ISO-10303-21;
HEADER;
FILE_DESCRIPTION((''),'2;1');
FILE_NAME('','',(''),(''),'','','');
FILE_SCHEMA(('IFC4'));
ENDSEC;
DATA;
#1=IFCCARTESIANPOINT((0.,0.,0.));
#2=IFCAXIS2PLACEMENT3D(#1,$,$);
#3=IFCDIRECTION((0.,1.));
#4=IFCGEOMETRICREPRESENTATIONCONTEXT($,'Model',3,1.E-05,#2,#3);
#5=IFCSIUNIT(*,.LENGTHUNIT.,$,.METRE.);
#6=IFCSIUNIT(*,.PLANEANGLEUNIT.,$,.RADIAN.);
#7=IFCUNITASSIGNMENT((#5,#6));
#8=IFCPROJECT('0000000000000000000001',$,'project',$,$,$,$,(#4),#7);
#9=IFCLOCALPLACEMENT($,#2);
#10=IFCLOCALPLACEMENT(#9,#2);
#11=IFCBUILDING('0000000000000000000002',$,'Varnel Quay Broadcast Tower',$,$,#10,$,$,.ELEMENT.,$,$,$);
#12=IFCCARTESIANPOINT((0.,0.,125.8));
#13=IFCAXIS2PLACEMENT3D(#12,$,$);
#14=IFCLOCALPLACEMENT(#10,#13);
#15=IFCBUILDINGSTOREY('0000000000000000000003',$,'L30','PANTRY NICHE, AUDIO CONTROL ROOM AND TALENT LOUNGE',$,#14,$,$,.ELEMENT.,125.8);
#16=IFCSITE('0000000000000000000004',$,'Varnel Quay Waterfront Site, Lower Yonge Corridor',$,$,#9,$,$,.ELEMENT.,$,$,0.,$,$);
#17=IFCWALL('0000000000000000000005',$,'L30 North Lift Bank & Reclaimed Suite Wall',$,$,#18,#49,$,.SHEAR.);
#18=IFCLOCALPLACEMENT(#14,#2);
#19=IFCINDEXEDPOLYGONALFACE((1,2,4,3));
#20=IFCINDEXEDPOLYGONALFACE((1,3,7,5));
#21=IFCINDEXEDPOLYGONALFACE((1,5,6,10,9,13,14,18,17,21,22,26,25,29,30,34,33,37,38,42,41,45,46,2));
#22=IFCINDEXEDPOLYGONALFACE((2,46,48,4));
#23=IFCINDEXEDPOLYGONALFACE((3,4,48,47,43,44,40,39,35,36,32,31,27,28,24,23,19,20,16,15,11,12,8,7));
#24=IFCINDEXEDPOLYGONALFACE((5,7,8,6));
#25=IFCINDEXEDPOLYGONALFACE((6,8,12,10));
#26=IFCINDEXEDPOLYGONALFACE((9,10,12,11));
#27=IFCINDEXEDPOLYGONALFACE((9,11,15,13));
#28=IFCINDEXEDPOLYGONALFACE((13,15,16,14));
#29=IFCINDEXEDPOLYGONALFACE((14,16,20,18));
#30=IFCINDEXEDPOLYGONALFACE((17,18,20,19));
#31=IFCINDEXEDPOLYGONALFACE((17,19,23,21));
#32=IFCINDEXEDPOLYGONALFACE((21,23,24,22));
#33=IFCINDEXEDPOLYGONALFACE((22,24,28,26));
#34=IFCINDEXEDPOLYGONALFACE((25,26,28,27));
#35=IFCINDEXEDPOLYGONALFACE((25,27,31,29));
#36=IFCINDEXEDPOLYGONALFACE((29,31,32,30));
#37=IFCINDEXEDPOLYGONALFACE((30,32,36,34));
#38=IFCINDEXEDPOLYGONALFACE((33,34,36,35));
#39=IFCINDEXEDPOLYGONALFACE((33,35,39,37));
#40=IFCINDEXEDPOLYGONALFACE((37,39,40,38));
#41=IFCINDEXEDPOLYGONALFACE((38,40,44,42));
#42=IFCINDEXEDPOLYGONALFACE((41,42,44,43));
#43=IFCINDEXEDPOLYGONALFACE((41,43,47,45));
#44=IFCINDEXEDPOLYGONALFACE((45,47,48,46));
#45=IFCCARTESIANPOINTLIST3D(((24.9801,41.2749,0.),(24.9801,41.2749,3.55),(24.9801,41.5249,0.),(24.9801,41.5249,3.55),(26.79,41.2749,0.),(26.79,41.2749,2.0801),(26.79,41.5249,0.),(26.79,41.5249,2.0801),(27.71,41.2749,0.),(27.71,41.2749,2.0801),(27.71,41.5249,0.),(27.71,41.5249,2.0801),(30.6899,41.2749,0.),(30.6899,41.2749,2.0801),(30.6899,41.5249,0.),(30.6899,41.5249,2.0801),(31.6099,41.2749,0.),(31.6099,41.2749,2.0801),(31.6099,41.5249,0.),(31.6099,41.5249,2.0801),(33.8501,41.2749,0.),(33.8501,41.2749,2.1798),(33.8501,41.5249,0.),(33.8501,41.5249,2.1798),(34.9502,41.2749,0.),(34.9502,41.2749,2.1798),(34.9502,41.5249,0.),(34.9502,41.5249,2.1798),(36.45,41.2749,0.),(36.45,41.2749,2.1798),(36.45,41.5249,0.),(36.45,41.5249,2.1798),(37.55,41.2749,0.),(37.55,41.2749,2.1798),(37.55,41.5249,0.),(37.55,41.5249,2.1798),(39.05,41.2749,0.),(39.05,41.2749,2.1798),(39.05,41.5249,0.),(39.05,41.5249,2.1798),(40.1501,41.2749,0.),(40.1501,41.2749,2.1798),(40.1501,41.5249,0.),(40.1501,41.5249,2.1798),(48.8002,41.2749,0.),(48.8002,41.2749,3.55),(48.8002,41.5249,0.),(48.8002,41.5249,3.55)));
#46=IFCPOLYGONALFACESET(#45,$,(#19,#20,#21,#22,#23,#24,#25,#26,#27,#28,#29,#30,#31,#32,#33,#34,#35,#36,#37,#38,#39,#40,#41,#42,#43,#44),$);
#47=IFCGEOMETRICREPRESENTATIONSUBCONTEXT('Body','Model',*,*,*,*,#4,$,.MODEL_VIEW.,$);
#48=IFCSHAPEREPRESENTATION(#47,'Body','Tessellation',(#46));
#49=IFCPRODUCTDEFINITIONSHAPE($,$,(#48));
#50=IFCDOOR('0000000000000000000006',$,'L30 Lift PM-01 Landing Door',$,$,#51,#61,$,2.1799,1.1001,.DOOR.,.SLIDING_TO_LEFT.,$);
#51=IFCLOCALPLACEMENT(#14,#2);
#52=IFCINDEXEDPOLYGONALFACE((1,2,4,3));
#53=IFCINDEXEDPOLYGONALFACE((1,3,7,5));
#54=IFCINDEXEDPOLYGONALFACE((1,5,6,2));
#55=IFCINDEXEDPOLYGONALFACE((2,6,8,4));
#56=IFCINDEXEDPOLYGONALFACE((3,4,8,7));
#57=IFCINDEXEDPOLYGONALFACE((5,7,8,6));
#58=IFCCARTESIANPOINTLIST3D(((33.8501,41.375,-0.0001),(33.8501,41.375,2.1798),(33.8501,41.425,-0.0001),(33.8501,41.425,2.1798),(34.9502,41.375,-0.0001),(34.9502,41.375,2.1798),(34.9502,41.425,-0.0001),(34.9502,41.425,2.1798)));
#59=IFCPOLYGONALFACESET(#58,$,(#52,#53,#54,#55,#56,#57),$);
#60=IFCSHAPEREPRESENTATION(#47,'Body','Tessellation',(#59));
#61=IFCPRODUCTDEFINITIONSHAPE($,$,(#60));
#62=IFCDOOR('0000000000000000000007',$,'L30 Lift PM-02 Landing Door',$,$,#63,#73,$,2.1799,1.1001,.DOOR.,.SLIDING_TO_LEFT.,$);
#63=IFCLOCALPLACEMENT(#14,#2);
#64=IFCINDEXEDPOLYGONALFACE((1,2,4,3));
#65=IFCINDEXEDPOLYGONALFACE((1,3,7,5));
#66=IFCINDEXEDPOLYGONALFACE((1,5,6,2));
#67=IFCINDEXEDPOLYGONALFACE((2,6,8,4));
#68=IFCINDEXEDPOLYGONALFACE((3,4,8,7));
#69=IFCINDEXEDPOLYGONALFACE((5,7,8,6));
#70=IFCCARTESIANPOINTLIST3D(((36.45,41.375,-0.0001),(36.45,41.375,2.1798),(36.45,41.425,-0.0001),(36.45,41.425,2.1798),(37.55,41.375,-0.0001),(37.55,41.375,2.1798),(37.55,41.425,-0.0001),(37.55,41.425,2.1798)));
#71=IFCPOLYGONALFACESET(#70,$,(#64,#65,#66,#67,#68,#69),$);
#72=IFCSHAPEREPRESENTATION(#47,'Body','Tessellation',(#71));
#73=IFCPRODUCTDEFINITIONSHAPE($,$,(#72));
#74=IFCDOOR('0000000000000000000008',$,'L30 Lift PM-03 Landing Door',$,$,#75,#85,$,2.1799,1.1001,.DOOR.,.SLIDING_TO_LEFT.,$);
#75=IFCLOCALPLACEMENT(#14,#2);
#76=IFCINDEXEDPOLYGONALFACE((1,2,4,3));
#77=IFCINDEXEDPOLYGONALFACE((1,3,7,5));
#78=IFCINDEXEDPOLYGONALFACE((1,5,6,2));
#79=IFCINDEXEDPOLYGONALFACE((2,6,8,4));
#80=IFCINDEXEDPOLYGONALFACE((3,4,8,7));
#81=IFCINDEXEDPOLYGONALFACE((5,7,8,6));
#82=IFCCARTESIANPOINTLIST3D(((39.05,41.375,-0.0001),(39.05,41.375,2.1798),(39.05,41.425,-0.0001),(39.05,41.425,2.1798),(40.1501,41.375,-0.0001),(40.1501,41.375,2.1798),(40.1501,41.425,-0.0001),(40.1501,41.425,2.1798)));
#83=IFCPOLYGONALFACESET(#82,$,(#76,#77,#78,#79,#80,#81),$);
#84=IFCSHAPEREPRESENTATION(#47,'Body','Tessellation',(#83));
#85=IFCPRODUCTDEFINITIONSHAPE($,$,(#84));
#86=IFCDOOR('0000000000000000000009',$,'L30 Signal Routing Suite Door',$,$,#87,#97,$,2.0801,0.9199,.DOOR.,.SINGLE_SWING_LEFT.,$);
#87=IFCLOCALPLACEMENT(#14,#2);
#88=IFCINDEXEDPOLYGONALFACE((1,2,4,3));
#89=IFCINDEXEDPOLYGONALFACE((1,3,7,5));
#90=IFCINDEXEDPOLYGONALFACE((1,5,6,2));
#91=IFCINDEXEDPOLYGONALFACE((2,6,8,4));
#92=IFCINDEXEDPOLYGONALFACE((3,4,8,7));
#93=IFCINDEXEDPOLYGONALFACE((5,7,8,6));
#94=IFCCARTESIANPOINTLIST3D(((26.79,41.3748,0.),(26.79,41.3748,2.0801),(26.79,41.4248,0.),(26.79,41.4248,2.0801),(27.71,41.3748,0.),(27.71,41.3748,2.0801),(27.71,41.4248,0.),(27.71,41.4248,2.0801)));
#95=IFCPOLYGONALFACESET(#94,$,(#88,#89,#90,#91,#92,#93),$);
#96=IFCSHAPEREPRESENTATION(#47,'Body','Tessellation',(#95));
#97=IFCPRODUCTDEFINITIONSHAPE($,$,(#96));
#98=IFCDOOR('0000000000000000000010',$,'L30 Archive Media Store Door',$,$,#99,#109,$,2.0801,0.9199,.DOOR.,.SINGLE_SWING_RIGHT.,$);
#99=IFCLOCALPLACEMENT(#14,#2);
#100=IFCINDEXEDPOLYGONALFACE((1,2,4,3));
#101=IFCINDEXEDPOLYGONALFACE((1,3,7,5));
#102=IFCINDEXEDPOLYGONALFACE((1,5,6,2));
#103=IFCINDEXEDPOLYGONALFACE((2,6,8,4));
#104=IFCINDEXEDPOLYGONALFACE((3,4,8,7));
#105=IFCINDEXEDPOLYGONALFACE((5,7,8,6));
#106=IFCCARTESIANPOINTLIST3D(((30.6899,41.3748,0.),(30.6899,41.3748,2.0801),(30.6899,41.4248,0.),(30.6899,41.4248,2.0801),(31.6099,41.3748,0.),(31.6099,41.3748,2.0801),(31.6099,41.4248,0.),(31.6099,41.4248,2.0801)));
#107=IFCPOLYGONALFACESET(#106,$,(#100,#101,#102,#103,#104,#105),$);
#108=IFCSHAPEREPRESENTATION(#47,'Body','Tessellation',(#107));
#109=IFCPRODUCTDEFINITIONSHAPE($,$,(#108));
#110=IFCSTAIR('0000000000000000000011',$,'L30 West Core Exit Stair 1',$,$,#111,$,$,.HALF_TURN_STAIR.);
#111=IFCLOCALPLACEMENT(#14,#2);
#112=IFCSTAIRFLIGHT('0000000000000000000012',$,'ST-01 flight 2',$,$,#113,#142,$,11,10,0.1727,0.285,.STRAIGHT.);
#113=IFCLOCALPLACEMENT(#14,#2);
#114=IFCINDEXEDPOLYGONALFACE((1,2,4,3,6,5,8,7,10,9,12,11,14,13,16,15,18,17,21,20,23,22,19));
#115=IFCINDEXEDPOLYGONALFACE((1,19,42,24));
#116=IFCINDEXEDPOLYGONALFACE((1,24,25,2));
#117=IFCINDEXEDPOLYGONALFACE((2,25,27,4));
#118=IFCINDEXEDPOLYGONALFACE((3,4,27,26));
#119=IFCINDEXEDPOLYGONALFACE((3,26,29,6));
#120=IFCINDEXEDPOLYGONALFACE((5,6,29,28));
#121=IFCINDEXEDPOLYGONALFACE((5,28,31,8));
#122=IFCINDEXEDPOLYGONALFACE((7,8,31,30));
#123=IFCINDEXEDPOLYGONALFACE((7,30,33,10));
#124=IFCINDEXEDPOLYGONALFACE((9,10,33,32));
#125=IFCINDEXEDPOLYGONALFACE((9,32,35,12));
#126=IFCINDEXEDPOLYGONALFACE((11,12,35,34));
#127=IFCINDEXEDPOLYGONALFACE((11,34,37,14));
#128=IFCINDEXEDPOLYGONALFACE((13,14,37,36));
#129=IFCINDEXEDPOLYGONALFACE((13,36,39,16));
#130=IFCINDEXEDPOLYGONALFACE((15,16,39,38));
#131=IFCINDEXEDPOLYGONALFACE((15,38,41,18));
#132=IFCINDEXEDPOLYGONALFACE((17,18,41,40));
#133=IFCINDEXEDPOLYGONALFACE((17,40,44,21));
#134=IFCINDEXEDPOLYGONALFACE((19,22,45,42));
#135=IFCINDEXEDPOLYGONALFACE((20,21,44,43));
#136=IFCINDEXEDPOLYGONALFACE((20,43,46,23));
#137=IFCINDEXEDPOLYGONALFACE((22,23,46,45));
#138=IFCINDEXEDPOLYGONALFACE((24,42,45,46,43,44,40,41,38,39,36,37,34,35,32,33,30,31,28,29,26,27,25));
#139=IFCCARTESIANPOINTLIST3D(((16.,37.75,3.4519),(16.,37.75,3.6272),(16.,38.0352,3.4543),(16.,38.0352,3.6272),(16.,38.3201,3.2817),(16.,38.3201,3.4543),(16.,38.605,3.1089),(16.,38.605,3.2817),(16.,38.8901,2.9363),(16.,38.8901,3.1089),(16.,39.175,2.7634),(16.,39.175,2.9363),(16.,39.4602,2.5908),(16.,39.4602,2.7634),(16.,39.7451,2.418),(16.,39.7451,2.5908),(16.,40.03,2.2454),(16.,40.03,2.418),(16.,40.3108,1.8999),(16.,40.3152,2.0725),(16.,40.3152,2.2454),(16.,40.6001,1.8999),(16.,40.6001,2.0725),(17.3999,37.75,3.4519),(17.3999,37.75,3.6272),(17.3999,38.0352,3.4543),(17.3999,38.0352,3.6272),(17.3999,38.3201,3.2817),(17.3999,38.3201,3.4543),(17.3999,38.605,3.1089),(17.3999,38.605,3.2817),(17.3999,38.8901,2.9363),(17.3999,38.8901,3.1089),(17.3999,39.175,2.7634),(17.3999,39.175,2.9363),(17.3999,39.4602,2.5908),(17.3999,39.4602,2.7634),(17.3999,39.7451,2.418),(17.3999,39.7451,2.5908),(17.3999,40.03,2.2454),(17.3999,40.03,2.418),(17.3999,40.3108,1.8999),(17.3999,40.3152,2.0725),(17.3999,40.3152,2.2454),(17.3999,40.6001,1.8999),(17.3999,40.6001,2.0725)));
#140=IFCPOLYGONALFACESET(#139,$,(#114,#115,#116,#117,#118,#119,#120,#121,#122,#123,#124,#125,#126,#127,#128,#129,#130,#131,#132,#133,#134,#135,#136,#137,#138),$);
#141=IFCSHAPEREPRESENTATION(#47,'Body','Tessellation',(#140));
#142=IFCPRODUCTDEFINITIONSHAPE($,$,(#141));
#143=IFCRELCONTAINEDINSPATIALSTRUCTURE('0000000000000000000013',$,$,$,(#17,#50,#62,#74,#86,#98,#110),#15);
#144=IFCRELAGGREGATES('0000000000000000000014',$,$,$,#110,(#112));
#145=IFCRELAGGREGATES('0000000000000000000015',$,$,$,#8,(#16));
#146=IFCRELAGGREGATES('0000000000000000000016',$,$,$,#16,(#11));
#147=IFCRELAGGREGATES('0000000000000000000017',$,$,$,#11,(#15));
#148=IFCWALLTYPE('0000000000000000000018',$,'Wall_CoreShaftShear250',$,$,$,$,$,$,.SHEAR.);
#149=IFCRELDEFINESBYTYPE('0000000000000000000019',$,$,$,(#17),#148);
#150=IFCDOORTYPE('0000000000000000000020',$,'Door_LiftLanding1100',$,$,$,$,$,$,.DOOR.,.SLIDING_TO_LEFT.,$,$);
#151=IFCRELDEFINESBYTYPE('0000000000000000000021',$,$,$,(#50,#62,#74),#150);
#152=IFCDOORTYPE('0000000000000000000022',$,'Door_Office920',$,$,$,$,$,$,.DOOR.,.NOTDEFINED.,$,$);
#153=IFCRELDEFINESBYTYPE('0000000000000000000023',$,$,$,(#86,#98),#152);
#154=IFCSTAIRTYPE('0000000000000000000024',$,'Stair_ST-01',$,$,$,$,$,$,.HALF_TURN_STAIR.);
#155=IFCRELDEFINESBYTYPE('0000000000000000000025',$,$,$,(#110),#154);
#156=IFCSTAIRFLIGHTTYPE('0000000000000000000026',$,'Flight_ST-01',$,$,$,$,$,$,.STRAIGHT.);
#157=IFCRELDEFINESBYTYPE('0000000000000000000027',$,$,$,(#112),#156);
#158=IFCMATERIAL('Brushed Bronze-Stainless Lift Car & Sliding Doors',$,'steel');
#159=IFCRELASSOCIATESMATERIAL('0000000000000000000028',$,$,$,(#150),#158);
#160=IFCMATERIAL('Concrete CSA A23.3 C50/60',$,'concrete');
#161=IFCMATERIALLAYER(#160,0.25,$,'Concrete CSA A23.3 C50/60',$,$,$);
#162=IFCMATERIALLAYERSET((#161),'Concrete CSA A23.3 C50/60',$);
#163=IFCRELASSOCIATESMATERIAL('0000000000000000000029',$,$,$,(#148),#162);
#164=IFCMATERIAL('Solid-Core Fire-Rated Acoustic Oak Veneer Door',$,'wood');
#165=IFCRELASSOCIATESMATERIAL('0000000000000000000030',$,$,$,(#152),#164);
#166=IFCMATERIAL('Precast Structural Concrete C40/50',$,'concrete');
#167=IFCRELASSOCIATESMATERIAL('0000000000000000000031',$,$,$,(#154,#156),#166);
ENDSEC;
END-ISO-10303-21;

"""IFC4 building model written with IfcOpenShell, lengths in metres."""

from ifc_helpers import new_model, si_unit, direction, frame, frame_2d, origin, place, context, subcontext, project, spatial, polyline, rectangle, outline, extrude, source, transform, mapped, material, layer, layer_set, type_object, type_shapes, element, fill, aggregate, save


model = new_model("IFC4")

# Units and contexts
model_context = context("Model", 3, precision=1e-05, world=origin(), true_north=direction((0.0, 1.0)))
body_context = subcontext(model_context, "Body", "Model", "MODEL_VIEW")
ifc_project = project(units=[si_unit("LENGTHUNIT", "METRE"), si_unit("PLANEANGLEUNIT", "RADIAN")], contexts=[model_context])

# Site, building, storey
site_placement = place(None, origin())
site = spatial("IfcSite", under=ifc_project, at=site_placement, Name="Varnel Quay Waterfront Site, Lower Yonge Corridor", CompositionType="ELEMENT", RefElevation=0.0)
building_placement = place(site_placement, origin())
building = spatial("IfcBuilding", under=site, at=building_placement, Name="Varnel Quay Broadcast Tower", CompositionType="ELEMENT")
storey_placement = place(building_placement, frame((0.0, 0.0, 125.8)))
storey = spatial("IfcBuildingStorey", under=building, at=storey_placement, Name="L30", Description="PANTRY NICHE, AUDIO CONTROL ROOM AND TALENT LOUNGE", CompositionType="ELEMENT", Elevation=125.8)

# Shared definitions
ifc_material_1 = material(Name="Concrete CSA A23.3 C50/60", Category="concrete")
ifc_material_2 = material(Name="Brushed Bronze-Stainless Lift Car & Sliding Doors", Category="steel")
door_type_1 = type_object("IfcDoorType", Name="Door_LiftLanding1100", OperationType="SLIDING_TO_LEFT", PredefinedType="DOOR", material=ifc_material_2)
shared_shape_1 = source(origin(), body_context, "Body", "SweptSolid", [
    extrude(rectangle(XDim=1.1001, YDim=2.1799, at=frame_2d((0.55, 1.0898))), frame((0.0, 0.0249, 0.0), z_axis=(0.0, -1.0, 0.0), x_axis=(1.0, 0.0, 0.0)), (0.0, 0.0, 1.0), 0.05),
])
type_shapes(door_type_1, [shared_shape_1])

# Wall, openings, doors
ifc_layer_1 = layer(ifc_material_1, 0.25, Name="Concrete CSA A23.3 C50/60")
ifc_layer_set_1 = layer_set([ifc_layer_1], Name="Concrete CSA A23.3 C50/60")
wall_type_1 = type_object("IfcWallType", Name="Wall_CoreShaftShear250", PredefinedType="SHEAR", material=ifc_layer_set_1)
wall_1_placement = place(storey_placement, frame((24.98, 41.3999, 0.0), z_axis=(0.0, 0.0, 1.0), x_axis=(1.0, 0.0, 0.0)))
wall_1 = element("IfcWall", 1, at=wall_1_placement, inside=storey, type_object=wall_type_1, Name="L30 North Lift Bank & Reclaimed Suite Wall", PredefinedType="SHEAR", context=body_context, shape_type="SweptSolid", body=[
    extrude(rectangle(XDim=23.8201, YDim=0.25, at=frame_2d((11.9102, 0.0))), origin(), (0.0, 0.0, 1.0), 3.55),
])
opening_1_placement = place(wall_1_placement, frame((8.8701, 0.0, 0.0)))
opening_1 = element("IfcOpeningElement", 2, at=opening_1_placement, cuts=wall_1, PredefinedType="OPENING", context=body_context, shape_type="SweptSolid", body=[
    extrude(rectangle(XDim=1.1001, YDim=2.1799, at=frame_2d((0.55, 1.0898))), frame((0.0, 0.135, 0.0), z_axis=(0.0, -1.0, 0.0), x_axis=(1.0, 0.0, 0.0)), (0.0, 0.0, 1.0), 0.27),
])
opening_2_placement = place(wall_1_placement, frame((11.47, 0.0, 0.0)))
opening_2 = element("IfcOpeningElement", 3, at=opening_2_placement, cuts=wall_1, PredefinedType="OPENING", context=body_context, shape_type="SweptSolid", body=[
    extrude(rectangle(XDim=1.1001, YDim=2.1799, at=frame_2d((0.55, 1.0898))), frame((0.0, 0.135, 0.0), z_axis=(0.0, -1.0, 0.0), x_axis=(1.0, 0.0, 0.0)), (0.0, 0.0, 1.0), 0.27),
])
opening_3_placement = place(wall_1_placement, frame((14.0701, 0.0, 0.0)))
opening_3 = element("IfcOpeningElement", 4, at=opening_3_placement, cuts=wall_1, PredefinedType="OPENING", context=body_context, shape_type="SweptSolid", body=[
    extrude(rectangle(XDim=1.1001, YDim=2.1799, at=frame_2d((0.55, 1.0898))), frame((0.0, 0.135, 0.0), z_axis=(0.0, -1.0, 0.0), x_axis=(1.0, 0.0, 0.0)), (0.0, 0.0, 1.0), 0.27),
])
opening_4_placement = place(wall_1_placement, frame((1.8101, 0.0, 0.0)))
opening_4 = element("IfcOpeningElement", 5, at=opening_4_placement, cuts=wall_1, PredefinedType="OPENING", context=body_context, shape_type="SweptSolid", body=[
    extrude(rectangle(XDim=0.9199, YDim=2.0801, at=frame_2d((0.46, 1.04))), frame((0.0, 0.135, 0.0), z_axis=(0.0, -1.0, 0.0), x_axis=(1.0, 0.0, 0.0)), (0.0, 0.0, 1.0), 0.27),
])
opening_5_placement = place(wall_1_placement, frame((5.71, 0.0, 0.0)))
opening_5 = element("IfcOpeningElement", 6, at=opening_5_placement, cuts=wall_1, PredefinedType="OPENING", context=body_context, shape_type="SweptSolid", body=[
    extrude(rectangle(XDim=0.9199, YDim=2.0801, at=frame_2d((0.46, 1.04))), frame((0.0, 0.135, 0.0), z_axis=(0.0, -1.0, 0.0), x_axis=(1.0, 0.0, 0.0)), (0.0, 0.0, 1.0), 0.27),
])
door_1_placement = place(opening_1_placement, frame((1.1001, 0.0, 0.0), z_axis=(0.0, 0.0, 1.0), x_axis=(-1.0, 0.0, 0.0)))
door_1 = element("IfcDoor", 7, at=door_1_placement, inside=storey, type_object=door_type_1, Name="L30 Lift PM-01 Landing Door", OperationType="SLIDING_TO_LEFT", OverallHeight=2.1799, OverallWidth=1.1001, PredefinedType="DOOR", context=body_context, shape_type="MappedRepresentation", body=[
    mapped(shared_shape_1, transform((0.0, 0.0, 0.0), x_axis=(1.0, 0.0, 0.0), y_axis=(0.0, 1.0, 0.0), z_axis=(0.0, 0.0, 1.0), scale=1.0)),
])
fill(opening_1, door_1)
door_2_placement = place(opening_2_placement, frame((1.1001, 0.0, 0.0), z_axis=(0.0, 0.0, 1.0), x_axis=(-1.0, 0.0, 0.0)))
door_2 = element("IfcDoor", 8, at=door_2_placement, inside=storey, type_object=door_type_1, Name="L30 Lift PM-02 Landing Door", OperationType="SLIDING_TO_LEFT", OverallHeight=2.1799, OverallWidth=1.1001, PredefinedType="DOOR", context=body_context, shape_type="MappedRepresentation", body=[
    mapped(shared_shape_1, transform((0.0, 0.0, 0.0), x_axis=(1.0, 0.0, 0.0), y_axis=(0.0, 1.0, 0.0), z_axis=(0.0, 0.0, 1.0), scale=1.0)),
])
fill(opening_2, door_2)
door_3_placement = place(opening_3_placement, frame((1.1001, 0.0, 0.0), z_axis=(0.0, 0.0, 1.0), x_axis=(-1.0, 0.0, 0.0)))
door_3 = element("IfcDoor", 9, at=door_3_placement, inside=storey, type_object=door_type_1, Name="L30 Lift PM-03 Landing Door", OperationType="SLIDING_TO_LEFT", OverallHeight=2.1799, OverallWidth=1.1001, PredefinedType="DOOR", context=body_context, shape_type="MappedRepresentation", body=[
    mapped(shared_shape_1, transform((0.0, 0.0, 0.0), x_axis=(1.0, 0.0, 0.0), y_axis=(0.0, 1.0, 0.0), z_axis=(0.0, 0.0, 1.0), scale=1.0)),
])
fill(opening_3, door_3)
ifc_material_3 = material(Name="Solid-Core Fire-Rated Acoustic Oak Veneer Door", Category="wood")
door_type_2 = type_object("IfcDoorType", Name="Door_Office920", OperationType="NOTDEFINED", PredefinedType="DOOR", material=ifc_material_3)
shared_shape_2 = source(origin(), body_context, "Body", "SweptSolid", [
    extrude(rectangle(XDim=0.9199, YDim=2.0801, at=frame_2d((0.46, 1.04))), frame((0.0, 0.0249, 0.0), z_axis=(0.0, -1.0, 0.0), x_axis=(1.0, 0.0, 0.0)), (0.0, 0.0, 1.0), 0.05),
])
type_shapes(door_type_2, [shared_shape_2])
door_4_placement = place(opening_4_placement, origin())
door_4 = element("IfcDoor", 10, at=door_4_placement, inside=storey, type_object=door_type_2, Name="L30 Signal Routing Suite Door", OperationType="SINGLE_SWING_LEFT", OverallHeight=2.0801, OverallWidth=0.9199, PredefinedType="DOOR", context=body_context, shape_type="MappedRepresentation", body=[
    mapped(shared_shape_2, transform((0.0, 0.0, 0.0), x_axis=(1.0, 0.0, 0.0), y_axis=(0.0, 1.0, 0.0), z_axis=(0.0, 0.0, 1.0), scale=1.0)),
])
fill(opening_4, door_4)
door_5_placement = place(opening_5_placement, origin())
door_5 = element("IfcDoor", 11, at=door_5_placement, inside=storey, type_object=door_type_2, Name="L30 Archive Media Store Door", OperationType="SINGLE_SWING_RIGHT", OverallHeight=2.0801, OverallWidth=0.9199, PredefinedType="DOOR", context=body_context, shape_type="MappedRepresentation", body=[
    mapped(shared_shape_2, transform((0.0, 0.0, 0.0), x_axis=(1.0, 0.0, 0.0), y_axis=(0.0, 1.0, 0.0), z_axis=(0.0, 0.0, 1.0), scale=1.0)),
])
fill(opening_5, door_5)

# Stair, stair flight
ifc_material_4 = material(Name="Precast Structural Concrete C40/50", Category="concrete")
stair_type = type_object("IfcStairType", Name="Stair_ST-01", PredefinedType="HALF_TURN_STAIR", material=ifc_material_4)
stair_placement = place(storey_placement, origin())
stair = element("IfcStair", 12, at=stair_placement, inside=storey, type_object=stair_type, Name="L30 West Core Exit Stair 1", PredefinedType="HALF_TURN_STAIR")
stair_flight_type = type_object("IfcStairFlightType", Name="Flight_ST-01", PredefinedType="STRAIGHT", material=ifc_material_4)
stair_flight_placement = place(storey_placement, frame((16.7, 40.6001, 1.8999), z_axis=(0.0, 0.0, 1.0), x_axis=(0.0, -1.0, 0.0)))
stair_flight = element("IfcStairFlight", 13, at=stair_flight_placement, type_object=stair_flight_type, Name="ST-01 flight 2", NumberOfRisers=11, NumberOfTreads=10, PredefinedType="STRAIGHT", RiserHeight=0.1727, TreadLength=0.285, context=body_context, shape_type="SweptSolid", body=[
    extrude(outline(polyline([(0.0, 0.0), (0.0, 0.1726), (0.2849, 0.1726), (0.2849, 0.3455), (0.5701, 0.3455), (0.5701, 0.5181), (0.855, 0.5181), (0.855, 0.6909), (1.1399, 0.6909), (1.1399, 0.8635), (1.425, 0.8635), (1.425, 1.0364), (1.71, 1.0364), (1.71, 1.209), (1.9951, 1.209), (1.9951, 1.3818), (2.28, 1.3818), (2.28, 1.5544), (2.5649, 1.5544), (2.5649, 1.7273), (2.8501, 1.7273), (2.8501, 1.8999), (2.8501, 1.552), (0.2893, 0.0), (0.0, 0.0)])), frame((0.0, 0.7, 0.0), z_axis=(0.0, -1.0, 0.0), x_axis=(1.0, 0.0, 0.0)), (0.0, 0.0, 1.0), 1.3999),
])
aggregate(stair, [stair_flight])

save(model, "model.ifc")
